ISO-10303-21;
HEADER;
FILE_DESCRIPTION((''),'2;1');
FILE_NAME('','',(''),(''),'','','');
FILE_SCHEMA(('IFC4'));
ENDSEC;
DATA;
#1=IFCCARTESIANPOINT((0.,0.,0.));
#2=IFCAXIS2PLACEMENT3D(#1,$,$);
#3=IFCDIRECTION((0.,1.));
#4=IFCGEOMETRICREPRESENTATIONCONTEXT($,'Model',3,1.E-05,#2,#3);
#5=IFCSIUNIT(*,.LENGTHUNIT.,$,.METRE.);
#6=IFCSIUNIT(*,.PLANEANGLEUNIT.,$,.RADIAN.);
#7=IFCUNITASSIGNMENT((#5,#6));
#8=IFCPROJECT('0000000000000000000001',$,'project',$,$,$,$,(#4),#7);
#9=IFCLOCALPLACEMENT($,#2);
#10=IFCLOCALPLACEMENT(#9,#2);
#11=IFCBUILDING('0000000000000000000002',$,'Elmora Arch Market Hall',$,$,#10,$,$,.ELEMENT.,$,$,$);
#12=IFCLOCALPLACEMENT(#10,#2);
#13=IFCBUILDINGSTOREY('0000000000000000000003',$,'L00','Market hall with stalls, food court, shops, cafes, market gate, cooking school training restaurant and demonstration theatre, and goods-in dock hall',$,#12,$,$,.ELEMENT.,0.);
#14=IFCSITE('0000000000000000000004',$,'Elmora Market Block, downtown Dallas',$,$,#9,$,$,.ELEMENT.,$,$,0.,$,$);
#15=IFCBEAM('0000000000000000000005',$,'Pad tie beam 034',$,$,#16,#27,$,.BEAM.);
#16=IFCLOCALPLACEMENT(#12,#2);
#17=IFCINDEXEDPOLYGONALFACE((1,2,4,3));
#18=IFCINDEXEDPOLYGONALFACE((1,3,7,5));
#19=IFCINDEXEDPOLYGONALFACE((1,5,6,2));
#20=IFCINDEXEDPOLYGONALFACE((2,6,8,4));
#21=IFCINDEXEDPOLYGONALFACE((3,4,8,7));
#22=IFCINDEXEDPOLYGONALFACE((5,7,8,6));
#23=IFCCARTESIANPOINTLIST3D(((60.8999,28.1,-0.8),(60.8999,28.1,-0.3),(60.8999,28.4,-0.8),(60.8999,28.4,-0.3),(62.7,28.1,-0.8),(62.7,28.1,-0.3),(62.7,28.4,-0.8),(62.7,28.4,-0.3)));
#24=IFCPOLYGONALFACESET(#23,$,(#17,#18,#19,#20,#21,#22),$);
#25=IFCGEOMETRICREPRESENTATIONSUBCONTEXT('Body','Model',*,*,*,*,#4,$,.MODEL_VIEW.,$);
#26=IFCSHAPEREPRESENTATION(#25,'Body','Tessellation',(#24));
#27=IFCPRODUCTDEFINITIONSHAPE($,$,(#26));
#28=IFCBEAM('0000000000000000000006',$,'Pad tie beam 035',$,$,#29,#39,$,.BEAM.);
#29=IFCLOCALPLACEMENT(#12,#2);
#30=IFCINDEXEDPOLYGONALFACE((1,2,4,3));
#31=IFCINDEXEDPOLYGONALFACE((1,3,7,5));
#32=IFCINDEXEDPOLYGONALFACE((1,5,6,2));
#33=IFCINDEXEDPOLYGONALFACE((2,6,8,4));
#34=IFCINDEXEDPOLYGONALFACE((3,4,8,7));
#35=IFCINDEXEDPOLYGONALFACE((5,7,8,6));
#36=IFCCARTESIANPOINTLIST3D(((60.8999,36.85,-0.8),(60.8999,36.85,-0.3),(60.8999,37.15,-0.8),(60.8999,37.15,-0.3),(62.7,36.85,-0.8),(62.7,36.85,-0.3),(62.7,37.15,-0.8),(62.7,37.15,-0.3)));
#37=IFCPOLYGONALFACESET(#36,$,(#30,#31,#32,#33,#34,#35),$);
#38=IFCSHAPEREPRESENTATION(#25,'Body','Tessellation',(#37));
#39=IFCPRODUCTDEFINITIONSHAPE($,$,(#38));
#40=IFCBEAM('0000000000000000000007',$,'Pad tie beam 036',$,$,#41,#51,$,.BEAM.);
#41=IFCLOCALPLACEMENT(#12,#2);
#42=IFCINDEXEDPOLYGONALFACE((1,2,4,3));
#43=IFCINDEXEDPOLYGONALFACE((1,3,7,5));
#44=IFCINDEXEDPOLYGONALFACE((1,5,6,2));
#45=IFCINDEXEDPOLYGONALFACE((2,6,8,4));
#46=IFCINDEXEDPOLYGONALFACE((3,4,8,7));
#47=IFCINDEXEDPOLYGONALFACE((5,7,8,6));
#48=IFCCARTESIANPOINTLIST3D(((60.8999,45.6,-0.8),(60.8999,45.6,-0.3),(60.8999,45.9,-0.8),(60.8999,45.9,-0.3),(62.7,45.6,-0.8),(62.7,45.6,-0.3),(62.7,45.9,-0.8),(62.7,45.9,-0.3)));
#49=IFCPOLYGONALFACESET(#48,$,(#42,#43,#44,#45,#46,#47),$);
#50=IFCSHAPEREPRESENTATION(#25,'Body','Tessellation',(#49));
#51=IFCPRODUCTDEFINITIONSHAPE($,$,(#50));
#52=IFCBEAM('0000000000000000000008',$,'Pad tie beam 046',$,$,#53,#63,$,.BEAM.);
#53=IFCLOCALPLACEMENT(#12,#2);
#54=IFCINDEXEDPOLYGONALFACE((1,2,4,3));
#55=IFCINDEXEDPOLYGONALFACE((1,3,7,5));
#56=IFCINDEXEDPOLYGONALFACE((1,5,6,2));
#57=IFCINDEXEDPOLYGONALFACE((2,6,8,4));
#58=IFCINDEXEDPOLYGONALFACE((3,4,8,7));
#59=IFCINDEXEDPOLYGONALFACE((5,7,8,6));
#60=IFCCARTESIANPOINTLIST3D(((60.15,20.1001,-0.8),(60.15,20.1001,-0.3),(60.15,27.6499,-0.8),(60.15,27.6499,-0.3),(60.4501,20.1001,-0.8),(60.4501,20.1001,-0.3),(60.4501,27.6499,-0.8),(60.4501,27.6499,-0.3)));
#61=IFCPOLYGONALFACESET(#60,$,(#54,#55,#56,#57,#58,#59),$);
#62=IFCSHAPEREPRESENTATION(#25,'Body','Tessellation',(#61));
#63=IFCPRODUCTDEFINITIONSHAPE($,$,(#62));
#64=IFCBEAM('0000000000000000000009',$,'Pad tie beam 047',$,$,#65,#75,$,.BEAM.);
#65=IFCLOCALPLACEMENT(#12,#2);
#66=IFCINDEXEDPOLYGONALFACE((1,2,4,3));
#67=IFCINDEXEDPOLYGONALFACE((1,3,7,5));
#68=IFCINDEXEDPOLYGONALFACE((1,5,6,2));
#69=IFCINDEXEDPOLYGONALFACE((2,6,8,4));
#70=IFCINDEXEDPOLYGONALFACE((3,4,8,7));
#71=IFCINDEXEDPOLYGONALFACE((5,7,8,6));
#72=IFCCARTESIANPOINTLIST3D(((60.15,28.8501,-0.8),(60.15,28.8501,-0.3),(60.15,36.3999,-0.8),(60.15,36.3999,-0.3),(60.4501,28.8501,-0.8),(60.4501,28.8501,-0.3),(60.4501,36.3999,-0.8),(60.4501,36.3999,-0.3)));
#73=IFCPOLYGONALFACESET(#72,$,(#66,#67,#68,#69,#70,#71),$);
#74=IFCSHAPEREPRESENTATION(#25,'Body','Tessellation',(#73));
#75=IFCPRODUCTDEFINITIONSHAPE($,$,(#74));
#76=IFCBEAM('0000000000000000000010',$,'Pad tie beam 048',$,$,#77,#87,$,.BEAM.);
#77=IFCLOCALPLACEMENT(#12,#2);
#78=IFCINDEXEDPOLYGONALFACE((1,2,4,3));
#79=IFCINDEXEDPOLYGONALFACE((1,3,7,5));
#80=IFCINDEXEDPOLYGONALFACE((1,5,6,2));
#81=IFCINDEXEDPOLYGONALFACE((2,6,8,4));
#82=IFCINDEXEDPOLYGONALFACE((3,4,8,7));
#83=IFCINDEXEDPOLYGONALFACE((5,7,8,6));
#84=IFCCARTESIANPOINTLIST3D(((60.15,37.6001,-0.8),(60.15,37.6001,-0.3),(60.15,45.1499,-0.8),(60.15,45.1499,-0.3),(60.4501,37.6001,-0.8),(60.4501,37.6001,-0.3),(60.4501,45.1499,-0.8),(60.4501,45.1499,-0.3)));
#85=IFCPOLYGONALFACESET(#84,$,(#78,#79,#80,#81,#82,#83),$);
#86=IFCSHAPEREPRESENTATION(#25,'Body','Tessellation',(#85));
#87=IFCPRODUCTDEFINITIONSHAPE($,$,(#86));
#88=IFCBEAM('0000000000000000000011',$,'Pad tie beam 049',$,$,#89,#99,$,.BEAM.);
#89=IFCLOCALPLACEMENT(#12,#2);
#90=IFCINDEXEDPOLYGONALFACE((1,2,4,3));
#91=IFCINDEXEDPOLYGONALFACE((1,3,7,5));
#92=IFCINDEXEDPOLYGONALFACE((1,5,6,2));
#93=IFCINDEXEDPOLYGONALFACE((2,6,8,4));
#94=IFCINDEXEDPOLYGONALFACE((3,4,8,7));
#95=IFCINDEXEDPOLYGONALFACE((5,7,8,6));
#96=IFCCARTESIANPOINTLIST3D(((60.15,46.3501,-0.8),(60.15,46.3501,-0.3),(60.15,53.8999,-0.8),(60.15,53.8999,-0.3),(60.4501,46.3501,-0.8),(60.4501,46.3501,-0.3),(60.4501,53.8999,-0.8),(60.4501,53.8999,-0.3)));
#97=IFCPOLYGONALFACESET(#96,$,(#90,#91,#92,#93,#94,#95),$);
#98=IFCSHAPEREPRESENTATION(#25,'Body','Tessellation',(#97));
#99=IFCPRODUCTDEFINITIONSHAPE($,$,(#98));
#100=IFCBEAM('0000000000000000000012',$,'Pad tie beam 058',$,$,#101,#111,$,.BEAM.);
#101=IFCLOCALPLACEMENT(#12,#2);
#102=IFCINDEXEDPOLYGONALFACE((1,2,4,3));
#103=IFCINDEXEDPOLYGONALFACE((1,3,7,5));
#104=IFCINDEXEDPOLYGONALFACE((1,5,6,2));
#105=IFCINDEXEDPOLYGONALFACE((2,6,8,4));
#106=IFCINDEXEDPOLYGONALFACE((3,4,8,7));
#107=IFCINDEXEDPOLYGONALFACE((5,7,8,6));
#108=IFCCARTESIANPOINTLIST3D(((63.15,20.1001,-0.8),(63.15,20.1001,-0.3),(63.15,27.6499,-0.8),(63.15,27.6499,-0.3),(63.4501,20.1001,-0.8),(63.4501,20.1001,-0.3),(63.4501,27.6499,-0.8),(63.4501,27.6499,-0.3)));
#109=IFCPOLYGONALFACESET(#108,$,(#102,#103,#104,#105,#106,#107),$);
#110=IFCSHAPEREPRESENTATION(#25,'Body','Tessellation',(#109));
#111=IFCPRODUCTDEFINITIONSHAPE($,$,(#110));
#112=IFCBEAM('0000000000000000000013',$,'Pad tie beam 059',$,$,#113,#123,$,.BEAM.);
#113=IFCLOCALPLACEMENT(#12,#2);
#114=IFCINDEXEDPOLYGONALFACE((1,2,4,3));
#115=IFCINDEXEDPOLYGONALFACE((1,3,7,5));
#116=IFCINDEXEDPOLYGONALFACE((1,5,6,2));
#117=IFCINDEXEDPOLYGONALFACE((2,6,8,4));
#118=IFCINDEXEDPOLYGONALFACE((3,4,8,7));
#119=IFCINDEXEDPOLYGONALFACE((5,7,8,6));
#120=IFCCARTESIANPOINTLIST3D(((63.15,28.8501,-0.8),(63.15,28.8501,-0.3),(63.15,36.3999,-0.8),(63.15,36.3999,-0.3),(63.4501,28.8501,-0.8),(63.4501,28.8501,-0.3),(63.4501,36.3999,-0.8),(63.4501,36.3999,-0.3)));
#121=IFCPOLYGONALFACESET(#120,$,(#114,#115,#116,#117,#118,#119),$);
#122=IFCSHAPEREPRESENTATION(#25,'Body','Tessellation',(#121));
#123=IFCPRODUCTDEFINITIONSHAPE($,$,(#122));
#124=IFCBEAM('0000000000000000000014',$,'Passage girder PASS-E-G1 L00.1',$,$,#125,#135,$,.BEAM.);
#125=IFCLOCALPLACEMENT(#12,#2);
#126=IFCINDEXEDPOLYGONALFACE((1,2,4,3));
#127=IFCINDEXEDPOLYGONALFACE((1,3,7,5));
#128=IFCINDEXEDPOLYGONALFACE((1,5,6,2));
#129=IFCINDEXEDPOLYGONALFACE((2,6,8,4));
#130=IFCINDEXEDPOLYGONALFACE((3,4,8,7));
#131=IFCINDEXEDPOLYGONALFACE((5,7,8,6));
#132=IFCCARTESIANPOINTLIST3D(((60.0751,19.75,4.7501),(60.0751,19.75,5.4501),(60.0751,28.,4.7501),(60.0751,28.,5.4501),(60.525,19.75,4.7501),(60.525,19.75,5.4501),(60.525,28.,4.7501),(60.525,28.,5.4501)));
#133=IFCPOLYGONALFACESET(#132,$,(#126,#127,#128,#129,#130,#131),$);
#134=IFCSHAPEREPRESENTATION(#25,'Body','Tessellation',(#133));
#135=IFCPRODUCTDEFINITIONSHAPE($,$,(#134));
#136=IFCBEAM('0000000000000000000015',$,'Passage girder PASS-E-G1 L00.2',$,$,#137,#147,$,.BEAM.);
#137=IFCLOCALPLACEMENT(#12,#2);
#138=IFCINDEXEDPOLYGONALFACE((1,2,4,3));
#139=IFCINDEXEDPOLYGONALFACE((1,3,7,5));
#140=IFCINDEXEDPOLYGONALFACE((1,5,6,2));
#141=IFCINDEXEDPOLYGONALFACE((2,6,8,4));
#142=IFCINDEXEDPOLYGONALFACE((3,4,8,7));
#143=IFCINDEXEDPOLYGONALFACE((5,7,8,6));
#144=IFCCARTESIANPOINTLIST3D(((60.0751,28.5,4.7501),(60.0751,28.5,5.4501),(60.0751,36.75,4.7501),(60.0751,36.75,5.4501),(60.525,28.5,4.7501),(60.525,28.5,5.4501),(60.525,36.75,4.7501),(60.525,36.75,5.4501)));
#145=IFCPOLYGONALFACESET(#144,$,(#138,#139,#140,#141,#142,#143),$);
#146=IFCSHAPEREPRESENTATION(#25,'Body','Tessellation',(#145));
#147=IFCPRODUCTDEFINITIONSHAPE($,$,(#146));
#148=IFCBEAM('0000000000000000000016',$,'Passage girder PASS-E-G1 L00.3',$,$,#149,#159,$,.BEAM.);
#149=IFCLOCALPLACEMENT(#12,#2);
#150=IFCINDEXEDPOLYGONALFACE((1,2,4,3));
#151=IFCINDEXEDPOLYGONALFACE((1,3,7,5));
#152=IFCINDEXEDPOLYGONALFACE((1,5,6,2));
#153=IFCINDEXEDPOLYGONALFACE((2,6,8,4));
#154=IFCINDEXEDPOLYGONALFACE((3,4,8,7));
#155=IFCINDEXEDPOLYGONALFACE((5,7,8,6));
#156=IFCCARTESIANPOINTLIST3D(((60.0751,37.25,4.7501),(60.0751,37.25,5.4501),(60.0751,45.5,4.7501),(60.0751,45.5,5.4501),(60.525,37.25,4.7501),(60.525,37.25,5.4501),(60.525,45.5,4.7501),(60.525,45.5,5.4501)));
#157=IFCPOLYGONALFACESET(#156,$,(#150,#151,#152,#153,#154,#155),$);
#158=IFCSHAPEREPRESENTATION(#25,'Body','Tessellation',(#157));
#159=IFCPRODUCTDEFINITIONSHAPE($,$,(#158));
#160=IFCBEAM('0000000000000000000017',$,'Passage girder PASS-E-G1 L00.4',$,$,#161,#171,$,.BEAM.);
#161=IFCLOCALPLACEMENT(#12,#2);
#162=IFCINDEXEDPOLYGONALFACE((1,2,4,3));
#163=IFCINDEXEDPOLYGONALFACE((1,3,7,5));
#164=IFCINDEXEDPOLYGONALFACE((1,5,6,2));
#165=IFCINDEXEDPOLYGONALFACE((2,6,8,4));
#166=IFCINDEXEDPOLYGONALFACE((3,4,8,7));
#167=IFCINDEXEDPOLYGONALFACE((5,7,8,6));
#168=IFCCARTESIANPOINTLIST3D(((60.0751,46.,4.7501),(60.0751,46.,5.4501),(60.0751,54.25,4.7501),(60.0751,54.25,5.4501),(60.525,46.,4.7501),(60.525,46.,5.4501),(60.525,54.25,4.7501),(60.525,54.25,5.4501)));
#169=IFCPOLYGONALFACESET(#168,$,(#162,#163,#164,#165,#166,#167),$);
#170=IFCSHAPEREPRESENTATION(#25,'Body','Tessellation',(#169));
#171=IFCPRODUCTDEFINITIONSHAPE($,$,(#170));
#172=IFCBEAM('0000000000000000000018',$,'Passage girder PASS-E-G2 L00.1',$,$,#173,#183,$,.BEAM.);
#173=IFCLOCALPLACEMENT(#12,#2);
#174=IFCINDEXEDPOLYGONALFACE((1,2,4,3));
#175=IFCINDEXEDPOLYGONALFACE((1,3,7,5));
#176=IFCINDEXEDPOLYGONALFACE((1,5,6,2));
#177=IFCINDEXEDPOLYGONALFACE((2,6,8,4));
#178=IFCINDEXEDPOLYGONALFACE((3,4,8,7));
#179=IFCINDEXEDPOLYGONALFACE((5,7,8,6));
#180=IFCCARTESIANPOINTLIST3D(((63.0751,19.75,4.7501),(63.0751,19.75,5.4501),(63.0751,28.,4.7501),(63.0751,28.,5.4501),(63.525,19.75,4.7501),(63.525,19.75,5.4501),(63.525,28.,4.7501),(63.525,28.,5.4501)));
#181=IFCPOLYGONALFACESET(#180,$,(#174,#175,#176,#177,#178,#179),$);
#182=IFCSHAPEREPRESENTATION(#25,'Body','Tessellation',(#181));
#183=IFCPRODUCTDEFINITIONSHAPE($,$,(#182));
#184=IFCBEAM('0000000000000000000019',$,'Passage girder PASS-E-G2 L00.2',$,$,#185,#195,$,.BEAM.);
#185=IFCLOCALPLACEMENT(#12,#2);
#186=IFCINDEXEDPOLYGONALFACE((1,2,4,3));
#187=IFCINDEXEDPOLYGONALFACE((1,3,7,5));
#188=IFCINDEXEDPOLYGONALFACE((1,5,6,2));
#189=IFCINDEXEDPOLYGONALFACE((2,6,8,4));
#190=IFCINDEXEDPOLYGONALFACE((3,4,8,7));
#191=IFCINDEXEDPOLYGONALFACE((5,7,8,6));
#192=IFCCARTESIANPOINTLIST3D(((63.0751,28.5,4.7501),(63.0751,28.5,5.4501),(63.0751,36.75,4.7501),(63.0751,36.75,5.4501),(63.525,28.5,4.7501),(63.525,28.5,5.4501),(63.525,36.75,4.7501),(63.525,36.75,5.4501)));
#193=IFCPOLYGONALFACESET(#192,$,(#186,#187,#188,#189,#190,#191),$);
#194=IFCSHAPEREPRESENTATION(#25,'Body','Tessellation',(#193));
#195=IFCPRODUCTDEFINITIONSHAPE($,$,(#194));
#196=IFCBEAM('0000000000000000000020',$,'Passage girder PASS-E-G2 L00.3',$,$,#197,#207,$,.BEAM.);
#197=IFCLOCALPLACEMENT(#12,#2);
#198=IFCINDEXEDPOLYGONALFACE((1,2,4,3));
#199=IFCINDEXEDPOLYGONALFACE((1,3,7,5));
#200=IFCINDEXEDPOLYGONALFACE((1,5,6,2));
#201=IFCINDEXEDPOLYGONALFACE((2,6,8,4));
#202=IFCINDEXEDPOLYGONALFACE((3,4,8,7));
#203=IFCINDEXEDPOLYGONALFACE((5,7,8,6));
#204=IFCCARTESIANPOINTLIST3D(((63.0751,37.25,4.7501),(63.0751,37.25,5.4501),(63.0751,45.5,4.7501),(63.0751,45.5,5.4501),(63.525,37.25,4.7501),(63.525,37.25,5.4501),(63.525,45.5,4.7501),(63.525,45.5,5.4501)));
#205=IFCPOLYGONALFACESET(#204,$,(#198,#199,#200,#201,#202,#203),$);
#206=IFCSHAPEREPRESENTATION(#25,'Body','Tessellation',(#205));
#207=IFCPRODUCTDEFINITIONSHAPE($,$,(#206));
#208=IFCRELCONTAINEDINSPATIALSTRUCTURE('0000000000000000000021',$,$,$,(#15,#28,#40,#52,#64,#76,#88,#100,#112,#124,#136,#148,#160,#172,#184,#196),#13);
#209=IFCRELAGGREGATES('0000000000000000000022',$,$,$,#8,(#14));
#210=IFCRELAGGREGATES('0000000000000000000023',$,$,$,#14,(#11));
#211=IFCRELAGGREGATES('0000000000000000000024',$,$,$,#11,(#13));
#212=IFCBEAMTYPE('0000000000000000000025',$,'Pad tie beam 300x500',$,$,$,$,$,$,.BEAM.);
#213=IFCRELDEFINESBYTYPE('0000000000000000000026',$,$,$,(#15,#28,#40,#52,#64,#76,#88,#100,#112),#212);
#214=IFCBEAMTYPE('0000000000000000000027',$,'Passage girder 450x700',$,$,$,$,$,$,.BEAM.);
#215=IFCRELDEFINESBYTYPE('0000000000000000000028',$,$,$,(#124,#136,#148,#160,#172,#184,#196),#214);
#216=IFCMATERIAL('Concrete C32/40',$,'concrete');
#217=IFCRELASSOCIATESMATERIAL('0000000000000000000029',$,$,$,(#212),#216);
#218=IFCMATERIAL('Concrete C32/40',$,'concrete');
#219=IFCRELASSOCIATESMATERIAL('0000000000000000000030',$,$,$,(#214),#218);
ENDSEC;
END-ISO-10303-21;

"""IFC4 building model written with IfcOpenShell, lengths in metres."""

from ifc_helpers import new_model, si_unit, direction, frame, origin, origin_2d, place, context, subcontext, project, spatial, rectangle, extrude, material, material_profile, profile_set, type_object, element, save


model = new_model("IFC4")

# Units and contexts
model_context = context("Model", 3, precision=1e-05, world=origin(), true_north=direction((0.0, 1.0)))
body_context = subcontext(model_context, "Body", "Model", "MODEL_VIEW")
ifc_project = project(units=[si_unit("LENGTHUNIT", "METRE"), si_unit("PLANEANGLEUNIT", "RADIAN")], contexts=[model_context])

# Site, building, storey
site_placement = place(None, origin())
site = spatial("IfcSite", under=ifc_project, at=site_placement, Name="Elmora Market Block, downtown Dallas", CompositionType="ELEMENT", RefElevation=0.0)
building_placement = place(site_placement, origin())
building = spatial("IfcBuilding", under=site, at=building_placement, Name="Elmora Arch Market Hall", CompositionType="ELEMENT")
storey_placement = place(building_placement, origin())
storey = spatial("IfcBuildingStorey", under=building, at=storey_placement, Name="L00", Description="Market hall with stalls, food court, shops, cafes, market gate, cooking school training restaurant and demonstration theatre, and goods-in dock hall", CompositionType="ELEMENT", Elevation=0.0)

# Beams
ifc_material_1 = material(Name="Concrete C32/40", Category="concrete")
ifc_material_profile_1 = material_profile(ifc_material_1, rectangle(XDim=0.3, YDim=0.5, at=origin_2d()), Name="Pad tie beam 300x500")
ifc_profile_set_1 = profile_set([ifc_material_profile_1], Name="Concrete C32/40")
beam_type_1 = type_object("IfcBeamType", Name="Pad tie beam 300x500", PredefinedType="BEAM", material=ifc_profile_set_1)
for number, where, z_axis, x_axis, name in (
    (1, (60.8999, 28.25, -0.55), (1.0, 0.0, 0.0), (0.0, 1.0, 0.0), "Pad tie beam 034"),
    (2, (60.8999, 37.0, -0.55), (1.0, 0.0, 0.0), (0.0, 1.0, 0.0), "Pad tie beam 035"),
    (3, (60.8999, 45.75, -0.55), (1.0, 0.0, 0.0), (0.0, 1.0, 0.0), "Pad tie beam 036"),
):
    element("IfcBeam", number, at=place(storey_placement, frame(where, z_axis=z_axis, x_axis=x_axis)), inside=storey, type_object=beam_type_1, Name=name, PredefinedType="BEAM", context=body_context, shape_type="SweptSolid", body=[
        extrude(rectangle(XDim=0.3, YDim=0.5, at=origin_2d()), origin(), (0.0, 0.0, 1.0), 1.8),
    ])
for number, where, z_axis, x_axis, name in (
    (4, (60.3, 20.1001, -0.55), (0.0, 1.0, 0.0), (-1.0, 0.0, 0.0), "Pad tie beam 046"),
    (5, (60.3, 28.8501, -0.55), (0.0, 1.0, 0.0), (-1.0, 0.0, 0.0), "Pad tie beam 047"),
    (6, (60.3, 37.6001, -0.55), (0.0, 1.0, 0.0), (-1.0, 0.0, 0.0), "Pad tie beam 048"),
    (7, (60.3, 46.3501, -0.55), (0.0, 1.0, 0.0), (-1.0, 0.0, 0.0), "Pad tie beam 049"),
    (8, (63.3, 20.1001, -0.55), (0.0, 1.0, 0.0), (-1.0, 0.0, 0.0), "Pad tie beam 058"),
    (9, (63.3, 28.8501, -0.55), (0.0, 1.0, 0.0), (-1.0, 0.0, 0.0), "Pad tie beam 059"),
):
    element("IfcBeam", number, at=place(storey_placement, frame(where, z_axis=z_axis, x_axis=x_axis)), inside=storey, type_object=beam_type_1, Name=name, PredefinedType="BEAM", context=body_context, shape_type="SweptSolid", body=[
        extrude(rectangle(XDim=0.3, YDim=0.5, at=origin_2d()), origin(), (0.0, 0.0, 1.0), 7.5498),
    ])
ifc_material_2 = material(Name="Concrete C32/40", Category="concrete")
ifc_material_profile_2 = material_profile(ifc_material_2, rectangle(XDim=0.45, YDim=0.7, at=origin_2d()), Name="Passage girder 450x700")
ifc_profile_set_2 = profile_set([ifc_material_profile_2], Name="Concrete C32/40")
beam_type_2 = type_object("IfcBeamType", Name="Passage girder 450x700", PredefinedType="BEAM", material=ifc_profile_set_2)
for number, where, z_axis, x_axis, name in (
    (10, (60.3, 19.75, 5.1001), (0.0, 1.0, 0.0), (-1.0, 0.0, 0.0), "Passage girder PASS-E-G1 L00.1"),
    (11, (60.3, 28.5, 5.1001), (0.0, 1.0, 0.0), (-1.0, 0.0, 0.0), "Passage girder PASS-E-G1 L00.2"),
    (12, (60.3, 37.25, 5.1001), (0.0, 1.0, 0.0), (-1.0, 0.0, 0.0), "Passage girder PASS-E-G1 L00.3"),
    (13, (60.3, 46.0, 5.1001), (0.0, 1.0, 0.0), (-1.0, 0.0, 0.0), "Passage girder PASS-E-G1 L00.4"),
    (14, (63.3, 19.75, 5.1001), (0.0, 1.0, 0.0), (-1.0, 0.0, 0.0), "Passage girder PASS-E-G2 L00.1"),
    (15, (63.3, 28.5, 5.1001), (0.0, 1.0, 0.0), (-1.0, 0.0, 0.0), "Passage girder PASS-E-G2 L00.2"),
    (16, (63.3, 37.25, 5.1001), (0.0, 1.0, 0.0), (-1.0, 0.0, 0.0), "Passage girder PASS-E-G2 L00.3"),
):
    element("IfcBeam", number, at=place(storey_placement, frame(where, z_axis=z_axis, x_axis=x_axis)), inside=storey, type_object=beam_type_2, Name=name, PredefinedType="BEAM", context=body_context, shape_type="SweptSolid", body=[
        extrude(rectangle(XDim=0.45, YDim=0.7, at=origin_2d()), origin(), (0.0, 0.0, 1.0), 8.25),
    ])

save(model, "model.ifc")
